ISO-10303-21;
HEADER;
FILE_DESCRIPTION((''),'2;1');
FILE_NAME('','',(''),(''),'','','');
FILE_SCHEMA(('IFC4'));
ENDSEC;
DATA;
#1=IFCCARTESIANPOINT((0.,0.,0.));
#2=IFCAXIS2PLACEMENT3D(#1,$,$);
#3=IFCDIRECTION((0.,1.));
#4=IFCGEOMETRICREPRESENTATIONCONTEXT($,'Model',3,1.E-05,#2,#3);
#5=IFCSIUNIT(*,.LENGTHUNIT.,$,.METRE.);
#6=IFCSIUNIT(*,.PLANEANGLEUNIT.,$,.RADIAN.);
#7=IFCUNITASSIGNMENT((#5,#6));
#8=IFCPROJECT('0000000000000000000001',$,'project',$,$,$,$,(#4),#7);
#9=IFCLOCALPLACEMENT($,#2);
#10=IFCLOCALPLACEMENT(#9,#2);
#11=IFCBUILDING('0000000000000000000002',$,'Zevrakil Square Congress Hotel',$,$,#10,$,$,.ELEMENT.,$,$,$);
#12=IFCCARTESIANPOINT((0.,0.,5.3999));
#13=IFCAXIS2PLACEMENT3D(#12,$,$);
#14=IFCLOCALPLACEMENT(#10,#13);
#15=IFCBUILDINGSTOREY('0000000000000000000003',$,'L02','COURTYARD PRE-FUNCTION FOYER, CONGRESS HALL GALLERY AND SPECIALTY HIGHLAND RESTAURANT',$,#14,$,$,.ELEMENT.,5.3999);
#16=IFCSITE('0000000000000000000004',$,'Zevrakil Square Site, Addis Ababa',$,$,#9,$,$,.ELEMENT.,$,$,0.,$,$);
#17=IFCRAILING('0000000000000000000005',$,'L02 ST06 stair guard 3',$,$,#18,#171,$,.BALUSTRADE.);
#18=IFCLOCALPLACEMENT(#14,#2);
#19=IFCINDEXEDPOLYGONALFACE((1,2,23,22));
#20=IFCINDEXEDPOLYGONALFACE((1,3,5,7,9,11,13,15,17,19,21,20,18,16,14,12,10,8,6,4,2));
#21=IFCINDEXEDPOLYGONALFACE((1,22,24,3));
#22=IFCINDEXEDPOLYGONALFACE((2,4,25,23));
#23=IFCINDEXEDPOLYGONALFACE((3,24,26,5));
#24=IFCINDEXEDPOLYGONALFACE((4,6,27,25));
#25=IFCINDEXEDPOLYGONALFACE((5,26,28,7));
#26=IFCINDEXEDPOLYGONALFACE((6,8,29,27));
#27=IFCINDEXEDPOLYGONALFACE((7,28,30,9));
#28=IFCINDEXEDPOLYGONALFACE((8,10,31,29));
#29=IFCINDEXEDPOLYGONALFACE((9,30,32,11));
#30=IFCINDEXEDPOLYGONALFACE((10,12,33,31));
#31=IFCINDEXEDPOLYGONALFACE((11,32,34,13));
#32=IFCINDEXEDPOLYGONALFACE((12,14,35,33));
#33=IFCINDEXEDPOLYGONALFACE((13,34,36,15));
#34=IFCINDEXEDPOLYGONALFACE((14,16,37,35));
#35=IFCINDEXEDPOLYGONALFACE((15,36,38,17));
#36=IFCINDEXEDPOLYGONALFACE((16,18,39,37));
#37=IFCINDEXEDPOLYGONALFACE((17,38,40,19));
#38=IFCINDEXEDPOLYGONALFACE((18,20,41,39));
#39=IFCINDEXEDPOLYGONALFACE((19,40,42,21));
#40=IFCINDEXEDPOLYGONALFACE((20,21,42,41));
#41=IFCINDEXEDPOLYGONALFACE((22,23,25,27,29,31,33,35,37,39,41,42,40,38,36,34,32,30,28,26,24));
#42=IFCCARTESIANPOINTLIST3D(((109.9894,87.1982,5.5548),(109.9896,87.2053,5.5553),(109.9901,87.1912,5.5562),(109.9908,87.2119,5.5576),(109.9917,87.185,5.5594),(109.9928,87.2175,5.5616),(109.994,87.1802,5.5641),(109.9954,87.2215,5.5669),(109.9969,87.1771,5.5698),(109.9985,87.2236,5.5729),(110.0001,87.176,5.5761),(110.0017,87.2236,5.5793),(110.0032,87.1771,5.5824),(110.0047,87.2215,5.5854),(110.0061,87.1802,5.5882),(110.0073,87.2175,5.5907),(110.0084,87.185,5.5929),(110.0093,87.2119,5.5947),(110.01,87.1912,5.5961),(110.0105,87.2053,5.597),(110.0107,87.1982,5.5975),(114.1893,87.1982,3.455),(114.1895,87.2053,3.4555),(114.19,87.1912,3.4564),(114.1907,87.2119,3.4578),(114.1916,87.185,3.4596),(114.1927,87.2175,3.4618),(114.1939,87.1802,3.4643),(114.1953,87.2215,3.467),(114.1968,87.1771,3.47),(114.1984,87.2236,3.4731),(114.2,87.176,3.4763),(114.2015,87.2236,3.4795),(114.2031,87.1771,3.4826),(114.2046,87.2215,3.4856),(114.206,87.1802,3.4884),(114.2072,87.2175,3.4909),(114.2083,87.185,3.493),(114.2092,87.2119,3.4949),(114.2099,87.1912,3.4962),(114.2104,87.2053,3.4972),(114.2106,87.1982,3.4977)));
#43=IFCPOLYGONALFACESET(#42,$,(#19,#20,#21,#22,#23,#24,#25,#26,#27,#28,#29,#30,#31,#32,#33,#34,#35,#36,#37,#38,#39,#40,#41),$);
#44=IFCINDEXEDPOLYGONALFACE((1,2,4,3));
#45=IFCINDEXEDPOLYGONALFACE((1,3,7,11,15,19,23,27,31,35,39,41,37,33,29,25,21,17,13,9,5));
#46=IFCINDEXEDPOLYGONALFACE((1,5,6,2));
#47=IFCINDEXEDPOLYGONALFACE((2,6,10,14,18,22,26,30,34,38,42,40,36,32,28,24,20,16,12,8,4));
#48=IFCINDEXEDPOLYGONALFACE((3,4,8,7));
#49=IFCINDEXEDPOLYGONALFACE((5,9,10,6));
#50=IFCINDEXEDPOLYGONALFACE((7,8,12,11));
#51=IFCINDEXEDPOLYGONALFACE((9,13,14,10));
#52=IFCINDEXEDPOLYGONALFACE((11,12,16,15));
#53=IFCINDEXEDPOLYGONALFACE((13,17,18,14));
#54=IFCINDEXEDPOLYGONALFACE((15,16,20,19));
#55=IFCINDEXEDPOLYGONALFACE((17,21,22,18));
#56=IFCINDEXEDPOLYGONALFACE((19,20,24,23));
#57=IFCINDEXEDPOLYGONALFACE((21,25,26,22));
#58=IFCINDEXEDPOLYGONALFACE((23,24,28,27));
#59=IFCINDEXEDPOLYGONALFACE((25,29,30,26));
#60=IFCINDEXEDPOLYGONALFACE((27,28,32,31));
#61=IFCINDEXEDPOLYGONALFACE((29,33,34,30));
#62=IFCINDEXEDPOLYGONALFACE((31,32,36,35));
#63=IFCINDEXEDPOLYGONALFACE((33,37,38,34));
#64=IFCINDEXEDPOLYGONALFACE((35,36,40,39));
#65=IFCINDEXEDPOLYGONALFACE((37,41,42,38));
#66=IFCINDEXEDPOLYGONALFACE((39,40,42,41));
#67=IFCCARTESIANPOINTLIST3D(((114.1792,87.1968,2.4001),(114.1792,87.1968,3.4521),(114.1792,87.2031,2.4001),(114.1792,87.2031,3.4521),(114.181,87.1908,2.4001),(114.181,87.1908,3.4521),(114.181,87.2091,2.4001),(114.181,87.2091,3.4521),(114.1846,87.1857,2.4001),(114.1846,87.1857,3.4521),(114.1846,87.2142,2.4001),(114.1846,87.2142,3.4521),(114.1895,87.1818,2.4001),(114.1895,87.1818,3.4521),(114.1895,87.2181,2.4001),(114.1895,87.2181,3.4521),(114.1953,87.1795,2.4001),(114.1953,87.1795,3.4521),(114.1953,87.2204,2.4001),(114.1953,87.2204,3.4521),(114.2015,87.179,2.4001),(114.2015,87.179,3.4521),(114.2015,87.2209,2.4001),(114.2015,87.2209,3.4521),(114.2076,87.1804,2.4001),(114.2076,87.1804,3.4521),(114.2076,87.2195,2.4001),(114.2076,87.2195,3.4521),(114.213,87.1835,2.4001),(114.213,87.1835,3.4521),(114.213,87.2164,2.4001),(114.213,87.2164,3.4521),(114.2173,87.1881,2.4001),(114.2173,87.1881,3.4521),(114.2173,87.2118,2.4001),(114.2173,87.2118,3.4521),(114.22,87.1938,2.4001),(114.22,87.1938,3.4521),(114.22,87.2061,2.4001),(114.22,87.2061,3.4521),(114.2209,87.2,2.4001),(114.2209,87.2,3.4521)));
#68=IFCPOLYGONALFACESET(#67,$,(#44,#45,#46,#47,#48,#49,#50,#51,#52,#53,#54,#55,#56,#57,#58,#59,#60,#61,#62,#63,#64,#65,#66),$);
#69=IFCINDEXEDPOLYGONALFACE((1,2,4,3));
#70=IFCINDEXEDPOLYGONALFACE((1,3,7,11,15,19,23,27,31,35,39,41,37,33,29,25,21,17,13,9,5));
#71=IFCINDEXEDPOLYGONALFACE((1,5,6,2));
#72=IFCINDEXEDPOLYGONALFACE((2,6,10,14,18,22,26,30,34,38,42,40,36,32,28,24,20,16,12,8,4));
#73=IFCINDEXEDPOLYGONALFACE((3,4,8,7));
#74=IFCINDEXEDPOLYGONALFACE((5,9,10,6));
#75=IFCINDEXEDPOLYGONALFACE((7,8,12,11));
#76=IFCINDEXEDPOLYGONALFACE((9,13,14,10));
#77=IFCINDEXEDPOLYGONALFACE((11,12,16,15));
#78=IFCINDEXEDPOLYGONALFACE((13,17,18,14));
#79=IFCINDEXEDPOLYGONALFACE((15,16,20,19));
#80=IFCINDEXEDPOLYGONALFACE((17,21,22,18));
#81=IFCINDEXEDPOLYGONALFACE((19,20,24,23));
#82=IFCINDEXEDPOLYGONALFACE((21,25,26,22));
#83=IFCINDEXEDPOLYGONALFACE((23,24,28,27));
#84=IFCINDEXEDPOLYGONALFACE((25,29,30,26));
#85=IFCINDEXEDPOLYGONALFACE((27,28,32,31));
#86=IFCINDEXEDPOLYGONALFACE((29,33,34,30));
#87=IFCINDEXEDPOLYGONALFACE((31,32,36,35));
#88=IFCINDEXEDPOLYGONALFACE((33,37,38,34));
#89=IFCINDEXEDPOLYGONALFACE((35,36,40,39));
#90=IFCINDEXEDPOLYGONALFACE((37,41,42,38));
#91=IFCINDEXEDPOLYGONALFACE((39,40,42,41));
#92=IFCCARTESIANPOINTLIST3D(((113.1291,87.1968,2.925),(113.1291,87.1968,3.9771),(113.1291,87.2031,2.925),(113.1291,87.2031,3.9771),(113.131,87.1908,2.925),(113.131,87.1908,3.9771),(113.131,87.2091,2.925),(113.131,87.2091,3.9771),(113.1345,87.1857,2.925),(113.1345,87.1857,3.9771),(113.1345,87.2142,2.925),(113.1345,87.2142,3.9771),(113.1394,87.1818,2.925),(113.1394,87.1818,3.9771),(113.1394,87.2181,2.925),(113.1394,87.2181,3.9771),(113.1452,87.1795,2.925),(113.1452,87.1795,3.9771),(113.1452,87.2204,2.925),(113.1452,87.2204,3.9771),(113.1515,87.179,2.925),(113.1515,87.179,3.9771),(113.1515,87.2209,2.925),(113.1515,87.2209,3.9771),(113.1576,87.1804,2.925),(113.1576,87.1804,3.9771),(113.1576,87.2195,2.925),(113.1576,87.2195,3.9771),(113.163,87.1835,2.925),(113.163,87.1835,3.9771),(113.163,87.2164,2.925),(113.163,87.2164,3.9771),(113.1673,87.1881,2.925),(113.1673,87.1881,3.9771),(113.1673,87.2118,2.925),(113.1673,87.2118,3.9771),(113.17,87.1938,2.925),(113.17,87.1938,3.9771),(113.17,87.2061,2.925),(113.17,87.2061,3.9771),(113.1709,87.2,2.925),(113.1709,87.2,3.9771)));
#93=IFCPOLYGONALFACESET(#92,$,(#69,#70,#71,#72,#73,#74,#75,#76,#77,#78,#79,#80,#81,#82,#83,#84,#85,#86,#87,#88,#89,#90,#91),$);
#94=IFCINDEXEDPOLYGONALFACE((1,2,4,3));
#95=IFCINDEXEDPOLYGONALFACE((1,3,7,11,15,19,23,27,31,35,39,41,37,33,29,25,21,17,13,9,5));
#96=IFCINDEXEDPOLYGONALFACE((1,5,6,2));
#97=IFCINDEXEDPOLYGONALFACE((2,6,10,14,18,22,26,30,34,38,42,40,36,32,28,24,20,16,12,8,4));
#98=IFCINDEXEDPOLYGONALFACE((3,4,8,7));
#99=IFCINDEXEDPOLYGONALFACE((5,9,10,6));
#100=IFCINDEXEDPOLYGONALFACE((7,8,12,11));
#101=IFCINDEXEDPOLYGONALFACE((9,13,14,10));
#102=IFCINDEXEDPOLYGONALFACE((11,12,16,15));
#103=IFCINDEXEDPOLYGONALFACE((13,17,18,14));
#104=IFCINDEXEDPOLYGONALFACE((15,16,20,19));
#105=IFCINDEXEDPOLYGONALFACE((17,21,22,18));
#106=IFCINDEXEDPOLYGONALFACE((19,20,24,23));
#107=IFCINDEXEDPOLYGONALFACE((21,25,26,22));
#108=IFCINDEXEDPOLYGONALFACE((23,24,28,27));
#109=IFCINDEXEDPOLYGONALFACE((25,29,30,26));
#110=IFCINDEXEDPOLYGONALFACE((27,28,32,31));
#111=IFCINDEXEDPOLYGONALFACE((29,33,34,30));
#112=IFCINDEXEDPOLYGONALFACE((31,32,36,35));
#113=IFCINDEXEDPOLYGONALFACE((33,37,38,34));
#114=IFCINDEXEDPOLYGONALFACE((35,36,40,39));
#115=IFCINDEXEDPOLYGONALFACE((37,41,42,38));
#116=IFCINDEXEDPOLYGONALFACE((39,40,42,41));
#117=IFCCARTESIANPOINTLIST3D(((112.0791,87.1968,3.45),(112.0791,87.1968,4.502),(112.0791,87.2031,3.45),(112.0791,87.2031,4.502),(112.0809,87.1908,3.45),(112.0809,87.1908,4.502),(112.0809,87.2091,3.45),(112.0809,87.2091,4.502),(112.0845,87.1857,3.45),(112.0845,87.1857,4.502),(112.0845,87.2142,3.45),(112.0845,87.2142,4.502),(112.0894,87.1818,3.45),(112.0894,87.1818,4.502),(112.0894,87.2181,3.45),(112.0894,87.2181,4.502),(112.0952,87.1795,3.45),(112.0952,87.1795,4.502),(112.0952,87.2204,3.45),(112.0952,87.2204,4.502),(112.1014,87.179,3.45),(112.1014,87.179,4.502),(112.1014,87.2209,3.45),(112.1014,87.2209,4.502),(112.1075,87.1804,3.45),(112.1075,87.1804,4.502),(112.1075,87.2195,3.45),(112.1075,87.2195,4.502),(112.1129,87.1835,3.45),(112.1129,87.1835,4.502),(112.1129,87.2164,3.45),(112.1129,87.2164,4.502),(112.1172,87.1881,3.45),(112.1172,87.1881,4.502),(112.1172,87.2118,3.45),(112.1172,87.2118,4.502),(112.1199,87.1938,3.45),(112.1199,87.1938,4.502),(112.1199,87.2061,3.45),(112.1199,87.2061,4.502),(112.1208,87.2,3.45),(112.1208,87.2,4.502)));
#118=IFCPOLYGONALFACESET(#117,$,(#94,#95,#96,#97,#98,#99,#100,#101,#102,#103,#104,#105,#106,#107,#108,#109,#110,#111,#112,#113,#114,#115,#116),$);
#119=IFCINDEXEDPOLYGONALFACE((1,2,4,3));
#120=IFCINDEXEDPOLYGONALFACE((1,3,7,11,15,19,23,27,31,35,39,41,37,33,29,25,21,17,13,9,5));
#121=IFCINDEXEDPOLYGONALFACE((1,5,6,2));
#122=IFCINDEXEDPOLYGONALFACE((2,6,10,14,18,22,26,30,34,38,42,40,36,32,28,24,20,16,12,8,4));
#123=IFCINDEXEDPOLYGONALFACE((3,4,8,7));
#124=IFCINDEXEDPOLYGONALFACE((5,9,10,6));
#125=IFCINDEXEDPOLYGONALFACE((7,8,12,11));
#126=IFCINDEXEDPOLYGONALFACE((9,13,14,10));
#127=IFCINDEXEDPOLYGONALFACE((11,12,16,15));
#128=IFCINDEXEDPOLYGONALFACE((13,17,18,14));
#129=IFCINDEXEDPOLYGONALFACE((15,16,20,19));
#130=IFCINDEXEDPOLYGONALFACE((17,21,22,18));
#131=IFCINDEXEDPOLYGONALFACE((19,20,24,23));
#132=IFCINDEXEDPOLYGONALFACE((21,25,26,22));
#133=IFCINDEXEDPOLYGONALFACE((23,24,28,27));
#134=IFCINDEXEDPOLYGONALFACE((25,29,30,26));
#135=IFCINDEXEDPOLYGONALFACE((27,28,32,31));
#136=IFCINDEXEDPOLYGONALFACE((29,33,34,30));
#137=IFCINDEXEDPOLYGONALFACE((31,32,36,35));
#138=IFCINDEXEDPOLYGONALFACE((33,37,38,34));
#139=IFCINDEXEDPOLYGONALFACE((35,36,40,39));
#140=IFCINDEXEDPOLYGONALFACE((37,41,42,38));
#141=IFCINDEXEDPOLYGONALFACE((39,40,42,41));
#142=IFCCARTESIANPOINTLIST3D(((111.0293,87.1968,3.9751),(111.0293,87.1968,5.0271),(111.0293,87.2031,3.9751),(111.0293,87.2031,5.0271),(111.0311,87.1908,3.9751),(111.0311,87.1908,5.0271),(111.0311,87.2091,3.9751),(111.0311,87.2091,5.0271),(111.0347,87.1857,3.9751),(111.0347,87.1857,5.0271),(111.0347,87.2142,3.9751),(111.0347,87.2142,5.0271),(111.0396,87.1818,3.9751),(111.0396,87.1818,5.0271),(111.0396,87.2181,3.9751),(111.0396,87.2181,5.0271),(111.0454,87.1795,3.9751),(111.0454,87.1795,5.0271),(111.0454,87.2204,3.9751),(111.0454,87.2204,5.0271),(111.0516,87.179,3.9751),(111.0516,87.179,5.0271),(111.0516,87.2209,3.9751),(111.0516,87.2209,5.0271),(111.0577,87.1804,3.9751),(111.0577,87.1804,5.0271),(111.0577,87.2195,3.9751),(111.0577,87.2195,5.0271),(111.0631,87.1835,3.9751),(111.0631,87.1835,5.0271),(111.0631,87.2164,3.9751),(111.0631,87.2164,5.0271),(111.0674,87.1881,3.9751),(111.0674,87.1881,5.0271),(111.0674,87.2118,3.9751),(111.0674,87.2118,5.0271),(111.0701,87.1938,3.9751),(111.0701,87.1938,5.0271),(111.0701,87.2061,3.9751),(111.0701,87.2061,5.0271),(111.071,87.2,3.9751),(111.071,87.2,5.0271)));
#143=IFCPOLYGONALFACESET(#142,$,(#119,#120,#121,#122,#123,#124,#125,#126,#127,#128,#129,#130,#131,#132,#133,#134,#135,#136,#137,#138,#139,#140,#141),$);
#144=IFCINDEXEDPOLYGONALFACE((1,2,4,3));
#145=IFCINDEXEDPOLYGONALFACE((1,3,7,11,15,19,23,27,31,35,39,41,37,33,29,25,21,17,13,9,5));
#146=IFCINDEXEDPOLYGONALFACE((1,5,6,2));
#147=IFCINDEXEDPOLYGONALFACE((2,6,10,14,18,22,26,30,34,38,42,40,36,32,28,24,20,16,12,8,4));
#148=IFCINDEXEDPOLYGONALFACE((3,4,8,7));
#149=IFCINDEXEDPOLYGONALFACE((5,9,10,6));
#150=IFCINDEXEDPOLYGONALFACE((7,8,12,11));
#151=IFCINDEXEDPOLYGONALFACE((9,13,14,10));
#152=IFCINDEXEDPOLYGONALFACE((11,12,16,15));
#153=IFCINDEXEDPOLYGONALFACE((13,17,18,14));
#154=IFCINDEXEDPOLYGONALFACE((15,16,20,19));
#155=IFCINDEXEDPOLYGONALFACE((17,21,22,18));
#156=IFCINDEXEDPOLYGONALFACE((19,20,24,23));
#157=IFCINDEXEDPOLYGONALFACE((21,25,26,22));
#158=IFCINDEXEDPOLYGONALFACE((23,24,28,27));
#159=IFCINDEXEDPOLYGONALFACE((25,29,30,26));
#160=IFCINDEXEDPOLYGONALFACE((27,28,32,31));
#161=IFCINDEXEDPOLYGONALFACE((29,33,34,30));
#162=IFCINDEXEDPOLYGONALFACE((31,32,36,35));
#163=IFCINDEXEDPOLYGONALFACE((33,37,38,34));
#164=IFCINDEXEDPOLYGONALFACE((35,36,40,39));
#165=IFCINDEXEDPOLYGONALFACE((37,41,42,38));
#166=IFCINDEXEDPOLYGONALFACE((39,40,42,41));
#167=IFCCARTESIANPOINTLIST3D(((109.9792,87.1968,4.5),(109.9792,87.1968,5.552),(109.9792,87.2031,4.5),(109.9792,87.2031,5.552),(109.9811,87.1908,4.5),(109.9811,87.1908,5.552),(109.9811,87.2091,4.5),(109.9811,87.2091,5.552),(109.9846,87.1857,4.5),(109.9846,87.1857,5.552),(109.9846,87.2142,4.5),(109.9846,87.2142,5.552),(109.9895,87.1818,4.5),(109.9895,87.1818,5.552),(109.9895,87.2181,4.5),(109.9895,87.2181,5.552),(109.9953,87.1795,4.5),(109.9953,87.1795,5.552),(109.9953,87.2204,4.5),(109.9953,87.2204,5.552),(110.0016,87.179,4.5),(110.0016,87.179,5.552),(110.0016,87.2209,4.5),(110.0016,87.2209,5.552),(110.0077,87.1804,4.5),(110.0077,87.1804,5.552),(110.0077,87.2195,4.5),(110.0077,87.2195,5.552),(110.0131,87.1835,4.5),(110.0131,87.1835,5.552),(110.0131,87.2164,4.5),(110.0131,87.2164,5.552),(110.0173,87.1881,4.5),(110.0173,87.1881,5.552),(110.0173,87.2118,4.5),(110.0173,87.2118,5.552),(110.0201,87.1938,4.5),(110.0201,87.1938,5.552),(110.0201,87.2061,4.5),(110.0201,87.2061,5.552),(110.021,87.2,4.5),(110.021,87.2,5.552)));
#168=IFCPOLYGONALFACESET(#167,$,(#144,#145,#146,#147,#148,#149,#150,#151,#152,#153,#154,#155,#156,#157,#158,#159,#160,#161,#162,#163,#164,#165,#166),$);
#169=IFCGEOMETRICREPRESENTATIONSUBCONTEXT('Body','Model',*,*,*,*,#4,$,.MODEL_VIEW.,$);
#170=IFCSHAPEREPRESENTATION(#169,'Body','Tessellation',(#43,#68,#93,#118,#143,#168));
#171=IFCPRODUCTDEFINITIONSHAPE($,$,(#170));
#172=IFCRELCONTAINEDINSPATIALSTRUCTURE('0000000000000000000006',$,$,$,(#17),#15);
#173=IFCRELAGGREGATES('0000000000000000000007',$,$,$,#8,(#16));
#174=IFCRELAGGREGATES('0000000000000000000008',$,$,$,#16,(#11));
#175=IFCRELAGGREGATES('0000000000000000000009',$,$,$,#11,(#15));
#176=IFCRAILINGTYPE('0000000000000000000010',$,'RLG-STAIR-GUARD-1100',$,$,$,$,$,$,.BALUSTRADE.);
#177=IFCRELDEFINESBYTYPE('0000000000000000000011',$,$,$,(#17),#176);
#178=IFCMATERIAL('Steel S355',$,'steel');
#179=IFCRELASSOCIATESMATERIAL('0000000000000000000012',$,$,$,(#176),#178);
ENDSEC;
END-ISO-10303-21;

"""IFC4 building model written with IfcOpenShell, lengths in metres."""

from ifc_helpers import new_model, si_unit, direction, frame, origin, origin_2d, place, context, subcontext, project, spatial, circle, extrude, material, type_object, element, save


model = new_model("IFC4")

# Units and contexts
model_context = context("Model", 3, precision=1e-05, world=origin(), true_north=direction((0.0, 1.0)))
body_context = subcontext(model_context, "Body", "Model", "MODEL_VIEW")
ifc_project = project(units=[si_unit("LENGTHUNIT", "METRE"), si_unit("PLANEANGLEUNIT", "RADIAN")], contexts=[model_context])

# Site, building, storey
site_placement = place(None, origin())
site = spatial("IfcSite", under=ifc_project, at=site_placement, Name="Zevrakil Square Site, Addis Ababa", CompositionType="ELEMENT", RefElevation=0.0)
building_placement = place(site_placement, origin())
building = spatial("IfcBuilding", under=site, at=building_placement, Name="Zevrakil Square Congress Hotel", CompositionType="ELEMENT")
storey_placement = place(building_placement, frame((0.0, 0.0, 5.3999)))
storey = spatial("IfcBuildingStorey", under=building, at=storey_placement, Name="L02", Description="COURTYARD PRE-FUNCTION FOYER, CONGRESS HALL GALLERY AND SPECIALTY HIGHLAND RESTAURANT", CompositionType="ELEMENT", Elevation=5.3999)

# Railing
ifc_material_1 = material(Name="Steel S355", Category="steel")
railing_type_1 = type_object("IfcRailingType", Name="RLG-STAIR-GUARD-1100", PredefinedType="BALUSTRADE", material=ifc_material_1)
railing_1_placement = place(storey_placement, frame((114.2, 87.2, 2.4001)))
element("IfcRailing", 1, at=railing_1_placement, inside=storey, type_object=railing_type_1, Name="L02 ST06 stair guard 3", PredefinedType="BALUSTRADE", context=body_context, shape_type="SweptSolid", body=[
    extrude(circle(Radius=0.0239, at=origin_2d()), frame((0.0, 0.0, 1.0762), z_axis=(-0.894438, 0.0, 0.447193), x_axis=(0.0, -1.0, 0.0)), (0.0, 0.0, 1.0), 4.6956),
    extrude(circle(Radius=0.021, at=origin_2d()), origin(), (0.0, 0.0, 1.0), 1.052),
    extrude(circle(Radius=0.021, at=origin_2d()), frame((-1.05, 0.0, 0.5249)), (0.0, 0.0, 1.0), 1.052),
    extrude(circle(Radius=0.021, at=origin_2d()), frame((-2.1001, 0.0, 1.0498)), (0.0, 0.0, 1.0), 1.052),
    extrude(circle(Radius=0.021, at=origin_2d()), frame((-3.1499, 0.0, 1.575)), (0.0, 0.0, 1.0), 1.052),
    extrude(circle(Radius=0.021, at=origin_2d()), frame((-4.2, 0.0, 2.0999)), (0.0, 0.0, 1.0), 1.052),
])

save(model, "model.ifc")
